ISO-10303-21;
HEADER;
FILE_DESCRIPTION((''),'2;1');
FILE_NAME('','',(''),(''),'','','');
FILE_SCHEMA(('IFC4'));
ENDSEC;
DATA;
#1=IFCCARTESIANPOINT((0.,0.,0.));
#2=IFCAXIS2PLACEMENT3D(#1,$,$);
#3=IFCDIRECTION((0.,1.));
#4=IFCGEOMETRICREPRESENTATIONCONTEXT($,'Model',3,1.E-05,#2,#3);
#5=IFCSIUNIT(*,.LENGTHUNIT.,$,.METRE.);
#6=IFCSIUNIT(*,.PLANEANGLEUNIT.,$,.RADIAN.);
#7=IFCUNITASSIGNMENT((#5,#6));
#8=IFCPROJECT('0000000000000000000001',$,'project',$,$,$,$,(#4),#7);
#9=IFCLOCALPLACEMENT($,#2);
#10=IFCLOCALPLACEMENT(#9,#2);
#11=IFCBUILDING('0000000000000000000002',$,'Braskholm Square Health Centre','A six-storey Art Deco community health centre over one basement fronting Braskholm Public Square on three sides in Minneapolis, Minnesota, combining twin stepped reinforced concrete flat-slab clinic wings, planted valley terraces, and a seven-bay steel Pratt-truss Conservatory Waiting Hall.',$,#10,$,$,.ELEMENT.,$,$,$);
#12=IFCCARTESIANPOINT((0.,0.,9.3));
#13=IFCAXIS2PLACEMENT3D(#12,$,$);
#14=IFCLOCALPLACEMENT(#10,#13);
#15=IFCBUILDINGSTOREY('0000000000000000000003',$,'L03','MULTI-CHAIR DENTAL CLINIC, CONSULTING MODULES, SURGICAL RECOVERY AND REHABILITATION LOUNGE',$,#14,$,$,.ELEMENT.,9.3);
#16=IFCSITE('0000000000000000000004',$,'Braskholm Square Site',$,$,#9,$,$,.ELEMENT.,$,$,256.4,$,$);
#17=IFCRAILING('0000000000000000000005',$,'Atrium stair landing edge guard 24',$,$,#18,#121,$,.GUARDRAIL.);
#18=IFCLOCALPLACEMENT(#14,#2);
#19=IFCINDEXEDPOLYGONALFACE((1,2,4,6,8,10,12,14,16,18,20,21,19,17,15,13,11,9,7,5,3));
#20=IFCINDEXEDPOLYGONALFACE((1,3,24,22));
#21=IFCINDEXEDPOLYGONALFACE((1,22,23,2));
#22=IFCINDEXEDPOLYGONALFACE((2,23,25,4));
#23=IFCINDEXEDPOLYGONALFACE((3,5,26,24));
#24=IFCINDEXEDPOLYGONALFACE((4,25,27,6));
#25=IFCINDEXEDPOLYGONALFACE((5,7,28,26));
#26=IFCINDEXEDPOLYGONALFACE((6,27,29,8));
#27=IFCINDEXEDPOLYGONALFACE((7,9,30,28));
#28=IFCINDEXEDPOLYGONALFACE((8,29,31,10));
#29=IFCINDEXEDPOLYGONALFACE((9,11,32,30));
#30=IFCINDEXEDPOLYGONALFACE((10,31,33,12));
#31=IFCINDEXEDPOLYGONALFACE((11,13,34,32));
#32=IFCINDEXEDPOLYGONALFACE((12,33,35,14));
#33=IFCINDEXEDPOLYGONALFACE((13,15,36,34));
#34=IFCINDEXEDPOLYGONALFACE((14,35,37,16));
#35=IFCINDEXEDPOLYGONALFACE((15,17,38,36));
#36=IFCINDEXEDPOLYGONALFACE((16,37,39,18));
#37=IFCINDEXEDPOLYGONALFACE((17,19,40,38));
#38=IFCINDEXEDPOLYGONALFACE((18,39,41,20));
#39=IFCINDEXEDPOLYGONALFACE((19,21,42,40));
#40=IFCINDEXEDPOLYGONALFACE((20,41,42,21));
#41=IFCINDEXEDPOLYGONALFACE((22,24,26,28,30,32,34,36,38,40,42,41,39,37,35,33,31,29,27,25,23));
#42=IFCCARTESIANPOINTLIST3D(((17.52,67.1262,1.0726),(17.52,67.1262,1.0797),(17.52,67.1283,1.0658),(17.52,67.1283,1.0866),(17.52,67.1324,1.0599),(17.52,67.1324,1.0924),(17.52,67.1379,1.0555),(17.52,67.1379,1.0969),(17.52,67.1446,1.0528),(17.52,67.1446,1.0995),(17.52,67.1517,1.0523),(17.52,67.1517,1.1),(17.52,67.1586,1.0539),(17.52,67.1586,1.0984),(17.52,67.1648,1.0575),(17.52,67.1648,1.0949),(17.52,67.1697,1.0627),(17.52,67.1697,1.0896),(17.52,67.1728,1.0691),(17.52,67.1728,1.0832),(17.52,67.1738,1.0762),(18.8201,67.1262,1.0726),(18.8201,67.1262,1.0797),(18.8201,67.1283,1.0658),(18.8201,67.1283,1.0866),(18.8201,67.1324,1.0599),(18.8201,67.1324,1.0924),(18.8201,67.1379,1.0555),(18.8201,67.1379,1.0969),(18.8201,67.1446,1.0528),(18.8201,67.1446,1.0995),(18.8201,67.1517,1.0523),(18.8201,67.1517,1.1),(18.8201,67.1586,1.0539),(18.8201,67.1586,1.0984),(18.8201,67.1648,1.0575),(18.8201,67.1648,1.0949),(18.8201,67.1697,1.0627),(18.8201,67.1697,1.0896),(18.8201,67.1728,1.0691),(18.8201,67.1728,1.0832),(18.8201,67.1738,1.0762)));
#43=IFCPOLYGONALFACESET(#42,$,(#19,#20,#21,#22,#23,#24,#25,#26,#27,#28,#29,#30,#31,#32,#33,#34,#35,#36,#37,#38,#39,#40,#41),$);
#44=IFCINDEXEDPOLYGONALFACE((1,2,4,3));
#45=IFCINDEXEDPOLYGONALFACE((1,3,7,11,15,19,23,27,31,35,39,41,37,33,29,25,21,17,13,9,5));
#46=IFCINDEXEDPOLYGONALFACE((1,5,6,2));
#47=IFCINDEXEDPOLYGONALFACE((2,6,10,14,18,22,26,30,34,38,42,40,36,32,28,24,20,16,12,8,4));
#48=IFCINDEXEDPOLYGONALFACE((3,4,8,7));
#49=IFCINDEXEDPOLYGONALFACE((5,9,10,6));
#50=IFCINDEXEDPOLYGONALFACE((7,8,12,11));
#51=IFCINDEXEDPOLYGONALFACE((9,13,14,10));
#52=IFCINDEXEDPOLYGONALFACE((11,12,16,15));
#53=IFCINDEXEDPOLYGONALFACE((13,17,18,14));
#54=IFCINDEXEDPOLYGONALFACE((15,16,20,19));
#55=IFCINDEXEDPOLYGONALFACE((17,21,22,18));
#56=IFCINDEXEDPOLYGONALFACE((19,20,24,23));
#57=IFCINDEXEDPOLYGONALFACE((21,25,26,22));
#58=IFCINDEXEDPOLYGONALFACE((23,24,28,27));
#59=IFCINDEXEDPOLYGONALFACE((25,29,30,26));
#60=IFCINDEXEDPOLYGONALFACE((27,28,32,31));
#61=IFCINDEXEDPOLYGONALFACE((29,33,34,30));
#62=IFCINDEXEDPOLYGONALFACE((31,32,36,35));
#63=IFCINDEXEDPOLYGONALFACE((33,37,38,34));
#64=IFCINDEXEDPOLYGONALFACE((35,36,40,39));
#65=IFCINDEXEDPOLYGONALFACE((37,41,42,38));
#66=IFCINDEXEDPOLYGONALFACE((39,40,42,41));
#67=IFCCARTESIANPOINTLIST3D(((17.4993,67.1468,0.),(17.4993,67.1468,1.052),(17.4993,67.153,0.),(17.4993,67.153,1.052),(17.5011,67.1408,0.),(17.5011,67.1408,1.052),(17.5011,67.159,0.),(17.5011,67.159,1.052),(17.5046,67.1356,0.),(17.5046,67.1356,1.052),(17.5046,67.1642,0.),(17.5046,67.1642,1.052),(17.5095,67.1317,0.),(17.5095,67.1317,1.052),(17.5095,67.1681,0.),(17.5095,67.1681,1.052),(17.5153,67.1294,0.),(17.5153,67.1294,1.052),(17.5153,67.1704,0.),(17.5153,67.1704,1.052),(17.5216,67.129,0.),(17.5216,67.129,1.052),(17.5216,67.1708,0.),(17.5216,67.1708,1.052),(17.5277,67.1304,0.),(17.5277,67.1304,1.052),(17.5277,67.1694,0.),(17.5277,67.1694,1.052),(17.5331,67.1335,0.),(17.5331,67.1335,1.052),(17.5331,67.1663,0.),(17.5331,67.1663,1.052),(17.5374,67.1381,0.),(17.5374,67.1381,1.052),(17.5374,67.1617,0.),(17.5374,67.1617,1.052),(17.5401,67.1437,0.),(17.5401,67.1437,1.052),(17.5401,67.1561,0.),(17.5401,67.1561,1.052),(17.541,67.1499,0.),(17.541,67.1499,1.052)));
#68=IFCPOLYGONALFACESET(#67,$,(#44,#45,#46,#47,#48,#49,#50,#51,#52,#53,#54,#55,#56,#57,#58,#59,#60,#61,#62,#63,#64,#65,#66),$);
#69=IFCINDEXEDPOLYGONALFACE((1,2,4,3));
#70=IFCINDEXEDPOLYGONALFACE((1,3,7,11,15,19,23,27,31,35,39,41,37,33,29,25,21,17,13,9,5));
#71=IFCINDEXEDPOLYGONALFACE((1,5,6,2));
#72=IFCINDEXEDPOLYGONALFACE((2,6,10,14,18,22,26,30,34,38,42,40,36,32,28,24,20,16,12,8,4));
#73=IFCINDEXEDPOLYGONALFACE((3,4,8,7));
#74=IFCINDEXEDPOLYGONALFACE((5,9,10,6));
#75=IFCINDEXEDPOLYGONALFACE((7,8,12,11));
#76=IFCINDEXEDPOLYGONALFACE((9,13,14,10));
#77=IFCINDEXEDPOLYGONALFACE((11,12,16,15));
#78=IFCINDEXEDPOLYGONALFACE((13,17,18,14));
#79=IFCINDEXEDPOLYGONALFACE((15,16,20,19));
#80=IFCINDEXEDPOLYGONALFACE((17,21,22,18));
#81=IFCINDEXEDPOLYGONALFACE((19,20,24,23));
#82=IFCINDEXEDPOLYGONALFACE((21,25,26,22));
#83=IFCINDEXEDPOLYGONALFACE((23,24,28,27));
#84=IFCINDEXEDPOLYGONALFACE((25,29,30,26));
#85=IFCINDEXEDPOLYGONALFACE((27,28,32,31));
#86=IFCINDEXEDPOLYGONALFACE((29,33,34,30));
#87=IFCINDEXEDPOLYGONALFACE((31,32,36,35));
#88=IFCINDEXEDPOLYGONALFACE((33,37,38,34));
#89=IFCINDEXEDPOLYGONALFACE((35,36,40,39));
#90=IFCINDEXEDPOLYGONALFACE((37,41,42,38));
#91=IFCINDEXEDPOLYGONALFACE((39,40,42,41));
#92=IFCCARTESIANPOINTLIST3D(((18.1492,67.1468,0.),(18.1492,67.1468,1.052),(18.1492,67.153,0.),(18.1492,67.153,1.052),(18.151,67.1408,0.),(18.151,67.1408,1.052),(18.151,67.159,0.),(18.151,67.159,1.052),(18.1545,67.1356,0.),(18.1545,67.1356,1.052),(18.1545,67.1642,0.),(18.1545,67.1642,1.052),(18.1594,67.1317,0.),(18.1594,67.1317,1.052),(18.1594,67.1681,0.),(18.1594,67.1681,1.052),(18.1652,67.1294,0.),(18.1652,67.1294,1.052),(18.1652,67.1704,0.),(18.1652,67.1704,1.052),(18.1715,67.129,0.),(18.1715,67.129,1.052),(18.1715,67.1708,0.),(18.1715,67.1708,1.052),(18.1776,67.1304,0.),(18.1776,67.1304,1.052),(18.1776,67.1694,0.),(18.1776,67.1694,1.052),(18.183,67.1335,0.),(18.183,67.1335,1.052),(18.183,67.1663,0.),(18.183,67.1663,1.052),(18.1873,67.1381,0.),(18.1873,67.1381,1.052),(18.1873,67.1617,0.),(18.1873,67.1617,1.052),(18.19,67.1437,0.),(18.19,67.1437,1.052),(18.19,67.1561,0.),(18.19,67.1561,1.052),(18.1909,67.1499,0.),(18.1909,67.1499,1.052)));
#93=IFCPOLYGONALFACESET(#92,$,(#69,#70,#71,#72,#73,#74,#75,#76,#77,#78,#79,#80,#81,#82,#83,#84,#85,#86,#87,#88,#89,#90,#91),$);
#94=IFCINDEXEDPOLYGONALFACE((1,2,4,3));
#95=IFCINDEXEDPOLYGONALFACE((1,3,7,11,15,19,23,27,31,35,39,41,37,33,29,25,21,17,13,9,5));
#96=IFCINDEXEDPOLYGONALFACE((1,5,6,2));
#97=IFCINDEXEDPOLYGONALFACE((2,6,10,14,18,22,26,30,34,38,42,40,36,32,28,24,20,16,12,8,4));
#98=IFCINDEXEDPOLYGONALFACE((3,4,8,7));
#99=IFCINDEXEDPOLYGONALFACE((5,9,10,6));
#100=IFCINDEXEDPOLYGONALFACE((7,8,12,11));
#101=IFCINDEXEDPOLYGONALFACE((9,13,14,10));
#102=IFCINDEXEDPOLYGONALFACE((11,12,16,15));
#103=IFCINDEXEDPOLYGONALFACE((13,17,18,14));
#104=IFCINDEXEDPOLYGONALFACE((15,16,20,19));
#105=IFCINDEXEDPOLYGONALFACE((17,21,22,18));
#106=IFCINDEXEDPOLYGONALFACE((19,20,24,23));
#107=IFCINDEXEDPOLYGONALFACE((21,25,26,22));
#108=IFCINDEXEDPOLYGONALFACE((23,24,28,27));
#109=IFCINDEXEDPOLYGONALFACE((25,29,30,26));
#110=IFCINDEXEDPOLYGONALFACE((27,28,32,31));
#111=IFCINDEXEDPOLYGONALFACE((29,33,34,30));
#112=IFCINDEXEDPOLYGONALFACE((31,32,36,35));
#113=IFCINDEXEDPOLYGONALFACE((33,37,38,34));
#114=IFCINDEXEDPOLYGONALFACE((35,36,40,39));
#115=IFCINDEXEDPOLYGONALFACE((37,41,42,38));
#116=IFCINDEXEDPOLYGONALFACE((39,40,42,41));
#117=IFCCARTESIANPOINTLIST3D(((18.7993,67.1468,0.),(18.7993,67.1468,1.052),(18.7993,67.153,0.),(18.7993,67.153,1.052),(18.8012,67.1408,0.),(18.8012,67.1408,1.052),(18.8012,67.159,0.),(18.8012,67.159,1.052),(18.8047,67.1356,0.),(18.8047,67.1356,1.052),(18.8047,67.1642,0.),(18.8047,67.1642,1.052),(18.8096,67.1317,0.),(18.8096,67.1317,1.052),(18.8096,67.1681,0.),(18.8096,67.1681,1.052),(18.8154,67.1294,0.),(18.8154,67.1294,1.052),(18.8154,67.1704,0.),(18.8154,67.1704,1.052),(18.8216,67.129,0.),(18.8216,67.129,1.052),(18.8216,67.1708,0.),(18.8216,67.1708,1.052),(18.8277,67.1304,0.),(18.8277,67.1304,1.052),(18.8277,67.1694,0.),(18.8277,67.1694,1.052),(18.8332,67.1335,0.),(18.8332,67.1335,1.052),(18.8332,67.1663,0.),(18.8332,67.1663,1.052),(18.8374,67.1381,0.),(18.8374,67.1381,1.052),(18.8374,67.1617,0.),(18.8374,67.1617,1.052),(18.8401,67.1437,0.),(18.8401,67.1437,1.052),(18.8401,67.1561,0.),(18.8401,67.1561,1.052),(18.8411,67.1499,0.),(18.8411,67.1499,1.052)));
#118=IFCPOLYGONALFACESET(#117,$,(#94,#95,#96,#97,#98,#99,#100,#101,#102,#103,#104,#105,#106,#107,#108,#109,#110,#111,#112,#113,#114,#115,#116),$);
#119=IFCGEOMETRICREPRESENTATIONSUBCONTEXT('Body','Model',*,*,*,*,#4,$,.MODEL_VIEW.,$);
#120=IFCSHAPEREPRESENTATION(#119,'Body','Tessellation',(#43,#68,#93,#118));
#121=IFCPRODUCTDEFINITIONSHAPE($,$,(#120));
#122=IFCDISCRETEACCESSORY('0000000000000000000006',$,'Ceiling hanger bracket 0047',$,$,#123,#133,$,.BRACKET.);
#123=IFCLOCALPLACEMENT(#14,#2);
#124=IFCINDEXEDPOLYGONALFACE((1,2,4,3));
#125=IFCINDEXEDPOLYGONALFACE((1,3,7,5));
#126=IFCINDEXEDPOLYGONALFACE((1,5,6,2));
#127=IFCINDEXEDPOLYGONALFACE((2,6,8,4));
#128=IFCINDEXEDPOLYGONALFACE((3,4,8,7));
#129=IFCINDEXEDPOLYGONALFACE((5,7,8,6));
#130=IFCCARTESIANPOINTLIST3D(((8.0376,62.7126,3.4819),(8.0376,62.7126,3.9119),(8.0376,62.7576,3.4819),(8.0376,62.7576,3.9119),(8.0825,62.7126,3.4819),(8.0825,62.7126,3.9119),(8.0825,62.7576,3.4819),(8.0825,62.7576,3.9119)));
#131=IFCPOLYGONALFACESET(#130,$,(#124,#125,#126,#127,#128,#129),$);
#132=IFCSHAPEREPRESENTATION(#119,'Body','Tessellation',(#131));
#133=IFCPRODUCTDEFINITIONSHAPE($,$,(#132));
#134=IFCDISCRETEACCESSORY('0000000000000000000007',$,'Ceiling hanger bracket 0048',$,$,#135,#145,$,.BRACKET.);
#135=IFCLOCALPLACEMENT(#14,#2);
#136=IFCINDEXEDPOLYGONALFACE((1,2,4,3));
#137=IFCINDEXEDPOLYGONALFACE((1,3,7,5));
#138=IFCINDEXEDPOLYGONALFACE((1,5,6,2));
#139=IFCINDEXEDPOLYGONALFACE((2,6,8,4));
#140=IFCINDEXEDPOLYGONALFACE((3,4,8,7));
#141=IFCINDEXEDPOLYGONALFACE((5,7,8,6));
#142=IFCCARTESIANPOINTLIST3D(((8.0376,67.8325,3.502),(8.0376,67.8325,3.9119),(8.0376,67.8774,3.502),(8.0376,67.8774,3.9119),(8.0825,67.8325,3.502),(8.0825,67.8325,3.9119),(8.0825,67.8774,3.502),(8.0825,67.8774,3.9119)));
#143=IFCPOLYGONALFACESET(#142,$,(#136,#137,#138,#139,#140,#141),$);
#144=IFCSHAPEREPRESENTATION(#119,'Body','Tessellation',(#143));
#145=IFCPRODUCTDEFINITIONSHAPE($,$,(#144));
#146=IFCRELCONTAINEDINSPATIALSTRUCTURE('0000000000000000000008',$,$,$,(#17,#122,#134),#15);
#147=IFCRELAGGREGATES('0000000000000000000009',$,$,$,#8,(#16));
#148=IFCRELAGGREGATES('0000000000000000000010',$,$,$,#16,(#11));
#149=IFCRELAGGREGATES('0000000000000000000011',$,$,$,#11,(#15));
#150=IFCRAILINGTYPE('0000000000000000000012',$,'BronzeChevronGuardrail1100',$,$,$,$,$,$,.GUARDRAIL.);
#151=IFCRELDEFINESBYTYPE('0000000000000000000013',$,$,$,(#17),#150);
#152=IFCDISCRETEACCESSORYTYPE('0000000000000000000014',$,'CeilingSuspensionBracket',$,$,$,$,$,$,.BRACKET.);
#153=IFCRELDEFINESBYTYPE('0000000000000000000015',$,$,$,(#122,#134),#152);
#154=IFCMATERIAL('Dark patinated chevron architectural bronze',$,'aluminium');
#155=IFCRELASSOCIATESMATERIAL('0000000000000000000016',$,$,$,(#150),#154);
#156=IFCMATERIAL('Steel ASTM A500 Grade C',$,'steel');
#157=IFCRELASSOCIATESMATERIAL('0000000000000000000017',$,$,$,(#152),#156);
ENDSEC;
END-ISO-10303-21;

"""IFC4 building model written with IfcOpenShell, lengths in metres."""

from ifc_helpers import new_model, si_unit, direction, frame, origin, origin_2d, place, context, subcontext, project, spatial, rectangle, circle, extrude, material, type_object, element, save


model = new_model("IFC4")

# Units and contexts
model_context = context("Model", 3, precision=1e-05, world=origin(), true_north=direction((0.0, 1.0)))
body_context = subcontext(model_context, "Body", "Model", "MODEL_VIEW")
ifc_project = project(units=[si_unit("LENGTHUNIT", "METRE"), si_unit("PLANEANGLEUNIT", "RADIAN")], contexts=[model_context])

# Site, building, storey
site_placement = place(None, origin())
site = spatial("IfcSite", under=ifc_project, at=site_placement, Name="Braskholm Square Site", CompositionType="ELEMENT", RefElevation=256.4)
building_placement = place(site_placement, origin())
building = spatial("IfcBuilding", under=site, at=building_placement, Name="Braskholm Square Health Centre", Description="A six-storey Art Deco community health centre over one basement fronting Braskholm Public Square on three sides in Minneapolis, Minnesota, combining twin stepped reinforced concrete flat-slab clinic wings, planted valley terraces, and a seven-bay steel Pratt-truss Conservatory Waiting Hall.", CompositionType="ELEMENT")
storey_placement = place(building_placement, frame((0.0, 0.0, 9.3)))
storey = spatial("IfcBuildingStorey", under=building, at=storey_placement, Name="L03", Description="MULTI-CHAIR DENTAL CLINIC, CONSULTING MODULES, SURGICAL RECOVERY AND REHABILITATION LOUNGE", CompositionType="ELEMENT", Elevation=9.3)

# Railing
ifc_material_1 = material(Name="Dark patinated chevron architectural bronze", Category="aluminium")
railing_type_1 = type_object("IfcRailingType", Name="BronzeChevronGuardrail1100", PredefinedType="GUARDRAIL", material=ifc_material_1)
for number, where, name in (
    (1, (17.52, 67.1499, 0.0), "Atrium stair landing edge guard 24"),
):
    element("IfcRailing", number, at=place(storey_placement, frame(where)), inside=storey, type_object=railing_type_1, Name=name, PredefinedType="GUARDRAIL", context=body_context, shape_type="SweptSolid", body=[
        extrude(circle(Radius=0.0239, at=origin_2d()), frame((0.0, 0.0, 1.0762), z_axis=(1.0, 0.0, 0.0), x_axis=(0.0, 1.0, 0.0)), (0.0, 0.0, 1.0), 1.3),
        extrude(circle(Radius=0.021, at=origin_2d()), origin(), (0.0, 0.0, 1.0), 1.052),
        extrude(circle(Radius=0.021, at=origin_2d()), frame((0.6499, 0.0, 0.0)), (0.0, 0.0, 1.0), 1.052),
        extrude(circle(Radius=0.021, at=origin_2d()), frame((1.3, 0.0, 0.0)), (0.0, 0.0, 1.0), 1.052),
    ])

# Discrete accessories
ifc_material_2 = material(Name="Steel ASTM A500 Grade C", Category="steel")
discrete_accessory_type = type_object("IfcDiscreteAccessoryType", Name="CeilingSuspensionBracket", PredefinedType="BRACKET", material=ifc_material_2)
discrete_accessory_1_placement = place(storey_placement, frame((8.0601, 62.7351, 3.4819), z_axis=(0.0, 0.0, 1.0), x_axis=(1.0, 0.0, 0.0)))
element("IfcDiscreteAccessory", 2, at=discrete_accessory_1_placement, inside=storey, type_object=discrete_accessory_type, Name="Ceiling hanger bracket 0047", PredefinedType="BRACKET", context=body_context, shape_type="SweptSolid", body=[
    extrude(rectangle(XDim=0.0449, YDim=0.0449, at=origin_2d()), origin(), (0.0, 0.0, 1.0), 0.4299),
])
discrete_accessory_2_placement = place(storey_placement, frame((8.0601, 67.855, 3.502), z_axis=(0.0, 0.0, 1.0), x_axis=(1.0, 0.0, 0.0)))
element("IfcDiscreteAccessory", 3, at=discrete_accessory_2_placement, inside=storey, type_object=discrete_accessory_type, Name="Ceiling hanger bracket 0048", PredefinedType="BRACKET", context=body_context, shape_type="SweptSolid", body=[
    extrude(rectangle(XDim=0.0449, YDim=0.0449, at=origin_2d()), origin(), (0.0, 0.0, 1.0), 0.4099),
])

save(model, "model.ifc")
